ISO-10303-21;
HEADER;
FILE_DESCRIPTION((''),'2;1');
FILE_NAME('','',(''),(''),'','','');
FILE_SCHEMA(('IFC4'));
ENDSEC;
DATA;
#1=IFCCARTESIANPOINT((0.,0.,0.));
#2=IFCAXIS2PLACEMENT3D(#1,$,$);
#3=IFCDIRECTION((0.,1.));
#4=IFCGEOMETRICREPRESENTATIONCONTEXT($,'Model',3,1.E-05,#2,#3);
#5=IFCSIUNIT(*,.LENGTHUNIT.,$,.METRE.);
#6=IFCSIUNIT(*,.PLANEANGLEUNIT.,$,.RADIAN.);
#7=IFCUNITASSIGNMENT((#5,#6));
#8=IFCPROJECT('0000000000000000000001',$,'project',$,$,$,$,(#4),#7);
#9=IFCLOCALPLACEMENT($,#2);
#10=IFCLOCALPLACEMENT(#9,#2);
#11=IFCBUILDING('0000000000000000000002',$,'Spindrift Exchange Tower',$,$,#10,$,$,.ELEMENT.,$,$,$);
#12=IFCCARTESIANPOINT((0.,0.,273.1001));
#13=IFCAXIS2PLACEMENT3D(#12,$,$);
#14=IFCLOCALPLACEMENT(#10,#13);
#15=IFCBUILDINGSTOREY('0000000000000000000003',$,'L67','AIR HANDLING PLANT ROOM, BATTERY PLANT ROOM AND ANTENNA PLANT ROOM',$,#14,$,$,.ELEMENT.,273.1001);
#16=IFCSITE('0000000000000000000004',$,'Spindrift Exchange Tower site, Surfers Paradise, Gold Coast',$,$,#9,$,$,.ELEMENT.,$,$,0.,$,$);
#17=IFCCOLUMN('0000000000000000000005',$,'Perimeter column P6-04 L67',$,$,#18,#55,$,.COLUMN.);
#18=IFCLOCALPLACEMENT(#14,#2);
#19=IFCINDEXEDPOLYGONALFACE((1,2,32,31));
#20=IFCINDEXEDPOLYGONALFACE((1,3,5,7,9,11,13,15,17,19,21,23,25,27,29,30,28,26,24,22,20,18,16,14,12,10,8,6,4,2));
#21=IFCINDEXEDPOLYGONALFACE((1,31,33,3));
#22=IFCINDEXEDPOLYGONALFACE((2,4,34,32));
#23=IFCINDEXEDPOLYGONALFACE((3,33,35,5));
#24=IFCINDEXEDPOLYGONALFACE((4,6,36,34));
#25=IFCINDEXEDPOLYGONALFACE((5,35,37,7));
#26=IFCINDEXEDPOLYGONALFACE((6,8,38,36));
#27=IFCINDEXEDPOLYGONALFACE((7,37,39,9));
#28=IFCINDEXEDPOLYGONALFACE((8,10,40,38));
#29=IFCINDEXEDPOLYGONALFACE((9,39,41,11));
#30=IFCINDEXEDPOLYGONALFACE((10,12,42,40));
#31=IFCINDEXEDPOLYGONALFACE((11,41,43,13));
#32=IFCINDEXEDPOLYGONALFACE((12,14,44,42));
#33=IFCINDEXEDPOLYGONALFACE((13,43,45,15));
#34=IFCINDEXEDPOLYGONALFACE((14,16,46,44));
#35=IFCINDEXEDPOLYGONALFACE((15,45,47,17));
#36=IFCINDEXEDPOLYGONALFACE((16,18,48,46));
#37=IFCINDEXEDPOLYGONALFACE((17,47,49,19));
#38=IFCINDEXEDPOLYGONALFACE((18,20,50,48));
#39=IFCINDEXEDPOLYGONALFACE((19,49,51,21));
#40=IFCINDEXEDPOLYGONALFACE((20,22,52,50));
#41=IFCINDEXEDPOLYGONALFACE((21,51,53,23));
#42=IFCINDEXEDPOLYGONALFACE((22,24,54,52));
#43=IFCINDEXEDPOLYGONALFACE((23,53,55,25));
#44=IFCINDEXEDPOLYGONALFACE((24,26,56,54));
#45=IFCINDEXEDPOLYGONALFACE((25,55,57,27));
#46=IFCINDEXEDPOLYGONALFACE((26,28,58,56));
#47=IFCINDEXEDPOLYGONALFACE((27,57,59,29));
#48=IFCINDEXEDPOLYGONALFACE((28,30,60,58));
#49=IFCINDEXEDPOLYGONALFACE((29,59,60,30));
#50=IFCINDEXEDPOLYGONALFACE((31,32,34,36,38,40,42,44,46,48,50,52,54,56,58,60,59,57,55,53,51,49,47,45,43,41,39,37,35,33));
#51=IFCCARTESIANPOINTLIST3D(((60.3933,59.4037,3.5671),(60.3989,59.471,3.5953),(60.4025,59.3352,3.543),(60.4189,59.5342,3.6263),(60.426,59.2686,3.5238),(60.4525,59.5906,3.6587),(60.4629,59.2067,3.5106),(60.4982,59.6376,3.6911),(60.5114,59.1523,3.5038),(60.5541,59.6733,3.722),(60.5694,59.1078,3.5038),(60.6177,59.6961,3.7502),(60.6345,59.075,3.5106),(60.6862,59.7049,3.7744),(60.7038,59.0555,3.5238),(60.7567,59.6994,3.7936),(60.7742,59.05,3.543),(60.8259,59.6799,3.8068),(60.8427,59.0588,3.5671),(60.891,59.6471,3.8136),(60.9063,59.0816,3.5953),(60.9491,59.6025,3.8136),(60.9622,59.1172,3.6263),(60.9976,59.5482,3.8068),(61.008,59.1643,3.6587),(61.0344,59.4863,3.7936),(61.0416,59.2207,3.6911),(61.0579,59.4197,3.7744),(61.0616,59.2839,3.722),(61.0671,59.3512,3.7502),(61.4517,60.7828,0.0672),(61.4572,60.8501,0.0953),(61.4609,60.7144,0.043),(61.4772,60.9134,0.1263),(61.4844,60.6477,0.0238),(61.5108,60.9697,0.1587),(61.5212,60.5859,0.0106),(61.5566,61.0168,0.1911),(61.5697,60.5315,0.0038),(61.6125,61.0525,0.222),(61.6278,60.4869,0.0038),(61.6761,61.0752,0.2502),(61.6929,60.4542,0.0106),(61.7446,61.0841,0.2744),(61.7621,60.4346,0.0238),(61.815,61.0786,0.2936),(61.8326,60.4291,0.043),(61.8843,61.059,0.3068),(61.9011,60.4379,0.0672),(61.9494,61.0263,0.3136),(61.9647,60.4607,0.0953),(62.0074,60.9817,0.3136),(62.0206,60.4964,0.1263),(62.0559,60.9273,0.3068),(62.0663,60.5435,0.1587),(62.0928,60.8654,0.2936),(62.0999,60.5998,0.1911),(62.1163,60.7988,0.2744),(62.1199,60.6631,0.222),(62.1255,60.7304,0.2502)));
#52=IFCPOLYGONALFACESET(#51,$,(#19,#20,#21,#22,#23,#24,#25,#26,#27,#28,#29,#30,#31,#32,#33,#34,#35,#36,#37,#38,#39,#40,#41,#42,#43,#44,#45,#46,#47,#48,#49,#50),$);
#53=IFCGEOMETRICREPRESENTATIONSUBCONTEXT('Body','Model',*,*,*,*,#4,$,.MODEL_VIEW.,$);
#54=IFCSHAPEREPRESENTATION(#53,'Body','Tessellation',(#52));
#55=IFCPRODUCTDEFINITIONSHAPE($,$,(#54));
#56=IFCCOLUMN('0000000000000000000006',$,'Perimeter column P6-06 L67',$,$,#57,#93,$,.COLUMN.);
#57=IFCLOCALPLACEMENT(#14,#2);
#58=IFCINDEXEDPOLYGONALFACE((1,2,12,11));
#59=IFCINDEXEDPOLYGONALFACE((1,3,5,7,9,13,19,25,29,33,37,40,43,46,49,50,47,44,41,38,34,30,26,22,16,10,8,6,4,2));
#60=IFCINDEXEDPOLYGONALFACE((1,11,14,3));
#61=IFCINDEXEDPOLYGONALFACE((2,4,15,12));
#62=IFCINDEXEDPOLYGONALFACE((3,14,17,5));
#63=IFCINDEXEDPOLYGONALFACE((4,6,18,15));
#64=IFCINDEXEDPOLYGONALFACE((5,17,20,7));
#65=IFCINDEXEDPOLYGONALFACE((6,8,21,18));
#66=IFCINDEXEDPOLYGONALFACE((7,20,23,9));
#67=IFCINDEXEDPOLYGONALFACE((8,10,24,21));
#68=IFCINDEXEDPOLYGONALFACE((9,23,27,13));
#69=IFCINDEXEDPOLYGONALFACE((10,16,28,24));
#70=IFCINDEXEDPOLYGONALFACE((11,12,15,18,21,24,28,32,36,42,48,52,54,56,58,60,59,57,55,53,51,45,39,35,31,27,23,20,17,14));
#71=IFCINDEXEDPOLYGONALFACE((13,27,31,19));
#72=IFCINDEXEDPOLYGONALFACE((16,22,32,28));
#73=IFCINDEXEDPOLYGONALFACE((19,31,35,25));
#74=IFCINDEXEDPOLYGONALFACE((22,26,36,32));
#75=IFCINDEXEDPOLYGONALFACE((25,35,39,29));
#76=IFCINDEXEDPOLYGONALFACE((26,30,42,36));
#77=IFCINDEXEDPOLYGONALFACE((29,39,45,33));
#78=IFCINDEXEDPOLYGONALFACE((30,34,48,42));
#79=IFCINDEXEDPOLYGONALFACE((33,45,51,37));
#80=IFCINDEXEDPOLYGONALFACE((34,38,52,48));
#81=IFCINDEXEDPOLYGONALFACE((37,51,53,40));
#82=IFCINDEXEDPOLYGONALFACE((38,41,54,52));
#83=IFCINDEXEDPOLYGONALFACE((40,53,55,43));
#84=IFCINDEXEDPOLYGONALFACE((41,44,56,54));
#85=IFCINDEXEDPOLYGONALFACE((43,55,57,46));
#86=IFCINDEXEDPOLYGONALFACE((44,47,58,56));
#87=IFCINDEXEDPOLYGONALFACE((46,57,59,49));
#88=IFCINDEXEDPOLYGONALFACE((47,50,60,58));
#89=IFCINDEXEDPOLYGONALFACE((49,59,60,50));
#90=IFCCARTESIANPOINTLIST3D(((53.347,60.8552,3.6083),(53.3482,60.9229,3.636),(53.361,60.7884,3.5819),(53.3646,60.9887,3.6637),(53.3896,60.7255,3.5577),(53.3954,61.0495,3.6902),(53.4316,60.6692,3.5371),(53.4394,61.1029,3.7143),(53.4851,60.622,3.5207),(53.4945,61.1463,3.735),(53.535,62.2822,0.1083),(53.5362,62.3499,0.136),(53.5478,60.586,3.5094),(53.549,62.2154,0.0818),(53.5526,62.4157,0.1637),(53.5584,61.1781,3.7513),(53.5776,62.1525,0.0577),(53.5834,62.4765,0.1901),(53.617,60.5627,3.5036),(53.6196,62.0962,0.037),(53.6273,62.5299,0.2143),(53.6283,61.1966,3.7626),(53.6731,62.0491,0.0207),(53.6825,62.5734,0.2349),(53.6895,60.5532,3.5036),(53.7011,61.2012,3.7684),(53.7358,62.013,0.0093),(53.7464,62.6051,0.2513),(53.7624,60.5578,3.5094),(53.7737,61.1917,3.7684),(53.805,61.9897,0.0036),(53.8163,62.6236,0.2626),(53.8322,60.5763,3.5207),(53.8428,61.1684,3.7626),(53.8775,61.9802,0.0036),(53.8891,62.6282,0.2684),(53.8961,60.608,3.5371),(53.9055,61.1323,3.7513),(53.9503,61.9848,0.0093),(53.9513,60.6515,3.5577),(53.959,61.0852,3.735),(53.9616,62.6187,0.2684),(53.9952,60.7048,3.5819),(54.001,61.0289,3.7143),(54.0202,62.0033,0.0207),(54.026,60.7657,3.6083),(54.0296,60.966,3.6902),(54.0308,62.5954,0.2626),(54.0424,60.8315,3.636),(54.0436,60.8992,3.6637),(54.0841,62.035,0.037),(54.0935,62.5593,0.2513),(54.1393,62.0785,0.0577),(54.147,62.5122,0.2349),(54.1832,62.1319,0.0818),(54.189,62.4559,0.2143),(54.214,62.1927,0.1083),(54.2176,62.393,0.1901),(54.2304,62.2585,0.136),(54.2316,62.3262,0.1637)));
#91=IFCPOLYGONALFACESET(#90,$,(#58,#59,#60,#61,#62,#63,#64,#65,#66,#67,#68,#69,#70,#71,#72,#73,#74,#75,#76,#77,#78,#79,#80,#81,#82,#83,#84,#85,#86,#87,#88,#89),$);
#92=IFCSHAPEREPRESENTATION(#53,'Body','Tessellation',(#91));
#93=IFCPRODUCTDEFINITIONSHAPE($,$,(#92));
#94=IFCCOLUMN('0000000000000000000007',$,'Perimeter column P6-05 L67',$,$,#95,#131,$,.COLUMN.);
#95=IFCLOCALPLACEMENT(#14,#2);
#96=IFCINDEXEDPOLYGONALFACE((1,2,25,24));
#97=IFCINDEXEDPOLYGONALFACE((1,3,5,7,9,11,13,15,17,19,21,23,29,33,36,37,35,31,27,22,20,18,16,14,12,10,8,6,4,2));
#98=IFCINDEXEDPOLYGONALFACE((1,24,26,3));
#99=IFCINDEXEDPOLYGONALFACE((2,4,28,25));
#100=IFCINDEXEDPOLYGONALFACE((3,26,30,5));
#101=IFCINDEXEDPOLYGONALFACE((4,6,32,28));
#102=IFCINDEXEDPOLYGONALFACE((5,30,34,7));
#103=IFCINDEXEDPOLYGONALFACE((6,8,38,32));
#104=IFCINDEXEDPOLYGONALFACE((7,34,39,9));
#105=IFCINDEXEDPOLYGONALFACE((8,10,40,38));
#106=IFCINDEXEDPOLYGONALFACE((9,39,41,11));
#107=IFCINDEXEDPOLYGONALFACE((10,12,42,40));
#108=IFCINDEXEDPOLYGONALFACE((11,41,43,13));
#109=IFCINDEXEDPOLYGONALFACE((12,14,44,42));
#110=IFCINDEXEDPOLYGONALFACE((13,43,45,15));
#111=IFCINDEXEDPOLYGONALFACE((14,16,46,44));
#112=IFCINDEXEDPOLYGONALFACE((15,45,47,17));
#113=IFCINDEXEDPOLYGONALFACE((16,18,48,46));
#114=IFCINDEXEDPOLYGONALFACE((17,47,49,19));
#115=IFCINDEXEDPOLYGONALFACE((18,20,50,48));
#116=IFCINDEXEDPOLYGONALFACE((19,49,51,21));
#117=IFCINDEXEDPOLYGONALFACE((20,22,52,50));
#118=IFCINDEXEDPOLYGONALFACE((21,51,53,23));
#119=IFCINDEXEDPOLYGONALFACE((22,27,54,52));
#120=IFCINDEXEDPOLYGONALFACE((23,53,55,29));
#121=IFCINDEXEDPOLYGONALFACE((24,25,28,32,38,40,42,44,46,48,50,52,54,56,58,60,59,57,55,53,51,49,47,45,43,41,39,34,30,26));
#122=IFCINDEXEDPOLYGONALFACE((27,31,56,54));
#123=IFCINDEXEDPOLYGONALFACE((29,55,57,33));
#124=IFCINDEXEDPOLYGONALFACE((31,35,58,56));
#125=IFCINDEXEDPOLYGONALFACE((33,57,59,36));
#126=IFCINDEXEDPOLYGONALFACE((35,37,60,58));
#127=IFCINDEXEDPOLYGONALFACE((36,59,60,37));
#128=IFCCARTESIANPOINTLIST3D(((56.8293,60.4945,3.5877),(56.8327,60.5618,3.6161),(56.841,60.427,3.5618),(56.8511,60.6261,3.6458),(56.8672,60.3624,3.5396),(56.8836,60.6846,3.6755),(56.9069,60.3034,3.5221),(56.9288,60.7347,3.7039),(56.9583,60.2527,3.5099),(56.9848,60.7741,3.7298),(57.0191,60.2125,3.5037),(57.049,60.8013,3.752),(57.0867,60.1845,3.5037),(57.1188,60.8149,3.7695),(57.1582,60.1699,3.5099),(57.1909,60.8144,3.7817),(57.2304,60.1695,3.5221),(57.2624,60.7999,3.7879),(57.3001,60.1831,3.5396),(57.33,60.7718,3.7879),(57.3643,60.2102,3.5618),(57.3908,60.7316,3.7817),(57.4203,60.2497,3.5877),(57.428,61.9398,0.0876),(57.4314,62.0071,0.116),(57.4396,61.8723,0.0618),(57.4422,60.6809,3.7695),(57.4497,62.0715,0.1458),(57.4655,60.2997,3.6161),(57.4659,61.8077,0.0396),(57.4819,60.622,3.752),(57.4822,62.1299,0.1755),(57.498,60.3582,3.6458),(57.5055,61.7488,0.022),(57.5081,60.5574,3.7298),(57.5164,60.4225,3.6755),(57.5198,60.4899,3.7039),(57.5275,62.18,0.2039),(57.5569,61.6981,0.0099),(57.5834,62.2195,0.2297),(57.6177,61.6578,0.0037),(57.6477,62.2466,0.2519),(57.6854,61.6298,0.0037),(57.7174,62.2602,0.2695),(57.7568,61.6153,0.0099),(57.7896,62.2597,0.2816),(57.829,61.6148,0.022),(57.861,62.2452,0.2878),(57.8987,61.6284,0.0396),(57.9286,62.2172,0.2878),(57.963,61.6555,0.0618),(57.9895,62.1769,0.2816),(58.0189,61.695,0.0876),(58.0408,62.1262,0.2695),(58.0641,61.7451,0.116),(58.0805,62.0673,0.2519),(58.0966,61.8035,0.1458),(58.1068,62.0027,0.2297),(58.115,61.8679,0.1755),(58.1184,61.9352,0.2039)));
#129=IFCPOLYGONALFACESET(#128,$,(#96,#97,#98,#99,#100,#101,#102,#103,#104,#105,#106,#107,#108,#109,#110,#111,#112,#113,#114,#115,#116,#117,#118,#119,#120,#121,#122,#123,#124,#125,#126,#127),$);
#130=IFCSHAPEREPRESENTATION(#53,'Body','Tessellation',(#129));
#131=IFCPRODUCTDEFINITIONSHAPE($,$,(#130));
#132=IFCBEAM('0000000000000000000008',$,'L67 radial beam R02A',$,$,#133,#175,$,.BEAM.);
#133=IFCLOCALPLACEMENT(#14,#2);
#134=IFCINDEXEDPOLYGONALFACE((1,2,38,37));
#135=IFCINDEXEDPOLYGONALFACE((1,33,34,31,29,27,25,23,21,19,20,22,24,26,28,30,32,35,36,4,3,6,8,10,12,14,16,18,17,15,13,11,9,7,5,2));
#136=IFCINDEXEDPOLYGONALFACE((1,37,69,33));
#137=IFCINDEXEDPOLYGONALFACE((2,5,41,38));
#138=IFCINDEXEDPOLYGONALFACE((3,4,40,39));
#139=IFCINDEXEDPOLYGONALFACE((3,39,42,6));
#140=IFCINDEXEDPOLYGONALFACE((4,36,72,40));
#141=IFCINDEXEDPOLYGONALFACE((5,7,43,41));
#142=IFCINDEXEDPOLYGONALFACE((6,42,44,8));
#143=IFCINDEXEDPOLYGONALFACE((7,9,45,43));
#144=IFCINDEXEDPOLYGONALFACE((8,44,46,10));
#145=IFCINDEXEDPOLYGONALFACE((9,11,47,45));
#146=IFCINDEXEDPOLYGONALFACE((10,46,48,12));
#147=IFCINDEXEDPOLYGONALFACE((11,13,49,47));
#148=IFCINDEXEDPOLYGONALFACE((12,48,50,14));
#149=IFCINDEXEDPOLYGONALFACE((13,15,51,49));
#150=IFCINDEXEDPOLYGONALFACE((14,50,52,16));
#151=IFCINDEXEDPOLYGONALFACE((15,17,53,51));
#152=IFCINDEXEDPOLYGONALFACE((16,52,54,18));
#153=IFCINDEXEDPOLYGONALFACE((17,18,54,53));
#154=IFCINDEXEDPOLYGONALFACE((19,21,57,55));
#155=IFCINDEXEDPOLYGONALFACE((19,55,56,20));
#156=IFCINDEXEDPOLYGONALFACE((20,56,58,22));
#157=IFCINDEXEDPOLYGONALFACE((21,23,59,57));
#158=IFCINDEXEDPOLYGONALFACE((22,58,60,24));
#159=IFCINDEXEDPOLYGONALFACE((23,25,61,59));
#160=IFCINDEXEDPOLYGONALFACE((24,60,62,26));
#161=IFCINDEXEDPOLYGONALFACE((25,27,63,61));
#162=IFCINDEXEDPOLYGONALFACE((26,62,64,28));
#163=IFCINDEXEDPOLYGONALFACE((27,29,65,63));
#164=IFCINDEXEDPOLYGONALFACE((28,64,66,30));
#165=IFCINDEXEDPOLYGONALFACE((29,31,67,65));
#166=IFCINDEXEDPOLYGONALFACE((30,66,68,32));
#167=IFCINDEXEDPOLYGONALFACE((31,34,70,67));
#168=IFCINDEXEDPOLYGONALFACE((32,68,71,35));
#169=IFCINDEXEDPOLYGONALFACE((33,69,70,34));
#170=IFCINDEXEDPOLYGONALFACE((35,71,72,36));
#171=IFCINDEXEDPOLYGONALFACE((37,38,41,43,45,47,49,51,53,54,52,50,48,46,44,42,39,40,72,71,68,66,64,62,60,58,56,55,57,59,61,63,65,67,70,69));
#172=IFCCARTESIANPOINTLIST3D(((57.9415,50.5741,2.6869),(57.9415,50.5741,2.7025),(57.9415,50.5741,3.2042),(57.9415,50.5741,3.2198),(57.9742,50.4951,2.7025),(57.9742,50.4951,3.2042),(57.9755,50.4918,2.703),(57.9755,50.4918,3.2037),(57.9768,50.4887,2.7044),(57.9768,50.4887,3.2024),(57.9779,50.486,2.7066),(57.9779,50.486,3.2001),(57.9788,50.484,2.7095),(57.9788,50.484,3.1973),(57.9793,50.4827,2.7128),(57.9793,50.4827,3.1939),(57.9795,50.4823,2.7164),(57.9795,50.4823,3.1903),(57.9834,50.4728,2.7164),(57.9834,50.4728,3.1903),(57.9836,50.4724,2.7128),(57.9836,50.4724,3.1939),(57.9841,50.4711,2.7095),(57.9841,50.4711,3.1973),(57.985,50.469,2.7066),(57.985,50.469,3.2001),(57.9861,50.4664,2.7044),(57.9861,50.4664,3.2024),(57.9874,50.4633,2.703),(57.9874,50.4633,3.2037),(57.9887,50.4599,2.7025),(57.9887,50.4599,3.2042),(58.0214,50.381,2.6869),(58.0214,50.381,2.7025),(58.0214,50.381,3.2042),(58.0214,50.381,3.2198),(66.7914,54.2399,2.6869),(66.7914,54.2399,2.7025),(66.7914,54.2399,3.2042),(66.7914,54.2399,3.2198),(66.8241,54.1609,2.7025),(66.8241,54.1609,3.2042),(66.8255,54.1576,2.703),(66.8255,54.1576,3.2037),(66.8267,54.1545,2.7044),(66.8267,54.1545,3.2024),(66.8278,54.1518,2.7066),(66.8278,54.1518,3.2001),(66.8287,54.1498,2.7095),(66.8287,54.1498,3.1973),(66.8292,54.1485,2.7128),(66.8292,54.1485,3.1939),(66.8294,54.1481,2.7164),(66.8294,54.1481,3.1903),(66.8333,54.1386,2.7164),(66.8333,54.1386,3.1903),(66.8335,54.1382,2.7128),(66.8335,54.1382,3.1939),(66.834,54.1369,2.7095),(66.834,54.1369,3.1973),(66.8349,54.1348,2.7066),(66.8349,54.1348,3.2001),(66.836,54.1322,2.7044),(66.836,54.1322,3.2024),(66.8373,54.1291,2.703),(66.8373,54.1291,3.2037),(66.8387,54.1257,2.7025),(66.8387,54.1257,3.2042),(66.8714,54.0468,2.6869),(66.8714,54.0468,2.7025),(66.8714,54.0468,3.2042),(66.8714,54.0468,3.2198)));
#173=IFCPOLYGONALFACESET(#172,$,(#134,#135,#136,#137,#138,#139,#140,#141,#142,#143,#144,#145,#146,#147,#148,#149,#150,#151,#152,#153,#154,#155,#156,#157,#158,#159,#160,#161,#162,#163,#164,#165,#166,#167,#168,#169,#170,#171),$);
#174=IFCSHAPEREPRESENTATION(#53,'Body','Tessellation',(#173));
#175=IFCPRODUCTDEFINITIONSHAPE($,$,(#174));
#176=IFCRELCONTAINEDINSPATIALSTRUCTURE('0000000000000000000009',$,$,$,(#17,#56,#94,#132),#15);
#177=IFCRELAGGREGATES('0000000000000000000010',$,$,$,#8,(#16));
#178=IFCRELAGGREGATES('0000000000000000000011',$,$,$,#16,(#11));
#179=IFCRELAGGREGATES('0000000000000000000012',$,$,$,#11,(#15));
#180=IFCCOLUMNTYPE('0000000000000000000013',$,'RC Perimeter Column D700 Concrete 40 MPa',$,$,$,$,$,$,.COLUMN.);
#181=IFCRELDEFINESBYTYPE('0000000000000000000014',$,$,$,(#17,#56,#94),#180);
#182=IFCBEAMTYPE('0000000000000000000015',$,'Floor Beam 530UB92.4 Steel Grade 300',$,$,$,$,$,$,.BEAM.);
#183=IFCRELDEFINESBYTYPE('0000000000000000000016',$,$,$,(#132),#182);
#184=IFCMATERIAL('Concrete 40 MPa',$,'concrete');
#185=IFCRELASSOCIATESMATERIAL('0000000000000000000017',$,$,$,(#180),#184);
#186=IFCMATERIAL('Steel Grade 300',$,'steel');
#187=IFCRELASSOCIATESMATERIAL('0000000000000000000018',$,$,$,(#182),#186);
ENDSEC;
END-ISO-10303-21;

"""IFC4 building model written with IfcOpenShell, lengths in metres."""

from ifc_helpers import new_model, si_unit, direction, frame, origin, origin_2d, place, context, subcontext, project, spatial, circle, i_section, extrude, source, transform, mapped, material, material_profile, profile_set, type_object, element, save


model = new_model("IFC4")

# Units and contexts
model_context = context("Model", 3, precision=1e-05, world=origin(), true_north=direction((0.0, 1.0)))
body_context = subcontext(model_context, "Body", "Model", "MODEL_VIEW")
ifc_project = project(units=[si_unit("LENGTHUNIT", "METRE"), si_unit("PLANEANGLEUNIT", "RADIAN")], contexts=[model_context])

# Site, building, storey
site_placement = place(None, origin())
site = spatial("IfcSite", under=ifc_project, at=site_placement, Name="Spindrift Exchange Tower site, Surfers Paradise, Gold Coast", CompositionType="ELEMENT", RefElevation=0.0)
building_placement = place(site_placement, origin())
building = spatial("IfcBuilding", under=site, at=building_placement, Name="Spindrift Exchange Tower", CompositionType="ELEMENT")
storey_placement = place(building_placement, frame((0.0, 0.0, 273.1001)))
storey = spatial("IfcBuildingStorey", under=building, at=storey_placement, Name="L67", Description="AIR HANDLING PLANT ROOM, BATTERY PLANT ROOM AND ANTENNA PLANT ROOM", CompositionType="ELEMENT", Elevation=273.1001)

# Columns
ifc_material_1 = material(Name="Concrete 40 MPa", Category="concrete")
ifc_material_profile_1 = material_profile(ifc_material_1, circle(Radius=0.3501, at=origin_2d()), Name="RC D700")
ifc_profile_set_1 = profile_set([ifc_material_profile_1], Name="Concrete 40 MPa")
column_type = type_object("IfcColumnType", Name="RC Perimeter Column D700 Concrete 40 MPa", PredefinedType="COLUMN", material=ifc_profile_set_1)
shared_shape_1 = source(origin(), body_context, "Body", "SweptSolid", [
    extrude(circle(Radius=0.3501, at=origin_2d()), origin(), (0.0, 0.0, 1.0), 3.908),
])
column_1_placement = place(storey_placement, frame((61.7886, 60.7566, 0.1587), z_axis=(-0.270819, -0.352908, 0.895608), x_axis=(0.793328, -0.608794, 0.0)))
element("IfcColumn", 1, at=column_1_placement, inside=storey, type_object=column_type, Name="Perimeter column P6-04 L67", PredefinedType="COLUMN", context=body_context, shape_type="MappedRepresentation", body=[
    mapped(shared_shape_1, transform((0.0, 0.0, 0.0), scale=1.0)),
])
shared_shape_2 = source(origin(), body_context, "Body", "SweptSolid", [
    extrude(circle(Radius=0.3501, at=origin_2d()), origin(), (0.0, 0.0, 1.0), 3.7844),
])
column_2_placement = place(storey_placement, frame((53.8833, 62.3042, 0.136), z_axis=(-0.049675, -0.377075, 0.92485), x_axis=(0.991434, -0.130608, 0.0)))
element("IfcColumn", 2, at=column_2_placement, inside=storey, type_object=column_type, Name="Perimeter column P6-06 L67", PredefinedType="COLUMN", context=body_context, shape_type="MappedRepresentation", body=[
    mapped(shared_shape_2, transform((0.0, 0.0, 0.0), scale=1.0)),
])
shared_shape_3 = source(origin(), body_context, "Body", "SweptSolid", [
    extrude(circle(Radius=0.3501, at=origin_2d()), origin(), (0.0, 0.0, 1.0), 3.8337),
])
column_3_placement = place(storey_placement, frame((57.7732, 61.9375, 0.1458), z_axis=(-0.15615, -0.377002, 0.912955), x_axis=(0.923887, -0.382664, 0.0)))
element("IfcColumn", 3, at=column_3_placement, inside=storey, type_object=column_type, Name="Perimeter column P6-05 L67", PredefinedType="COLUMN", context=body_context, shape_type="MappedRepresentation", body=[
    mapped(shared_shape_3, transform((0.0, 0.0, 0.0), scale=1.0)),
])

# Beam
ifc_material_2 = material(Name="Steel Grade 300", Category="steel")
ifc_material_profile_2 = material_profile(ifc_material_2, i_section(OverallWidth=0.209, OverallDepth=0.533, WebThickness=0.0103, FlangeThickness=0.0156, FilletRadius=0.0139, at=origin_2d()), Name="530UB92.4")
ifc_profile_set_2 = profile_set([ifc_material_profile_2], Name="Steel Grade 300")
beam_type_1 = type_object("IfcBeamType", Name="Floor Beam 530UB92.4 Steel Grade 300", PredefinedType="BEAM", material=ifc_profile_set_2)
shared_shape_4 = source(origin(), body_context, "Body", "SweptSolid", [
    extrude(i_section(OverallWidth=0.209, OverallDepth=0.533, WebThickness=0.0103, FlangeThickness=0.0156, FilletRadius=0.0139, at=origin_2d()), origin(), (0.0, 0.0, 1.0), 9.5791),
])
beam_1_placement = place(storey_placement, frame((57.9814, 50.4775, 2.9534), z_axis=(0.923878, 0.382687, 0.0), x_axis=(-0.382687, 0.923878, 0.0)))
element("IfcBeam", 4, at=beam_1_placement, inside=storey, type_object=beam_type_1, Name="L67 radial beam R02A", PredefinedType="BEAM", context=body_context, shape_type="MappedRepresentation", body=[
    mapped(shared_shape_4, transform((0.0, 0.0, 0.0), scale=1.0)),
])

save(model, "model.ifc")
